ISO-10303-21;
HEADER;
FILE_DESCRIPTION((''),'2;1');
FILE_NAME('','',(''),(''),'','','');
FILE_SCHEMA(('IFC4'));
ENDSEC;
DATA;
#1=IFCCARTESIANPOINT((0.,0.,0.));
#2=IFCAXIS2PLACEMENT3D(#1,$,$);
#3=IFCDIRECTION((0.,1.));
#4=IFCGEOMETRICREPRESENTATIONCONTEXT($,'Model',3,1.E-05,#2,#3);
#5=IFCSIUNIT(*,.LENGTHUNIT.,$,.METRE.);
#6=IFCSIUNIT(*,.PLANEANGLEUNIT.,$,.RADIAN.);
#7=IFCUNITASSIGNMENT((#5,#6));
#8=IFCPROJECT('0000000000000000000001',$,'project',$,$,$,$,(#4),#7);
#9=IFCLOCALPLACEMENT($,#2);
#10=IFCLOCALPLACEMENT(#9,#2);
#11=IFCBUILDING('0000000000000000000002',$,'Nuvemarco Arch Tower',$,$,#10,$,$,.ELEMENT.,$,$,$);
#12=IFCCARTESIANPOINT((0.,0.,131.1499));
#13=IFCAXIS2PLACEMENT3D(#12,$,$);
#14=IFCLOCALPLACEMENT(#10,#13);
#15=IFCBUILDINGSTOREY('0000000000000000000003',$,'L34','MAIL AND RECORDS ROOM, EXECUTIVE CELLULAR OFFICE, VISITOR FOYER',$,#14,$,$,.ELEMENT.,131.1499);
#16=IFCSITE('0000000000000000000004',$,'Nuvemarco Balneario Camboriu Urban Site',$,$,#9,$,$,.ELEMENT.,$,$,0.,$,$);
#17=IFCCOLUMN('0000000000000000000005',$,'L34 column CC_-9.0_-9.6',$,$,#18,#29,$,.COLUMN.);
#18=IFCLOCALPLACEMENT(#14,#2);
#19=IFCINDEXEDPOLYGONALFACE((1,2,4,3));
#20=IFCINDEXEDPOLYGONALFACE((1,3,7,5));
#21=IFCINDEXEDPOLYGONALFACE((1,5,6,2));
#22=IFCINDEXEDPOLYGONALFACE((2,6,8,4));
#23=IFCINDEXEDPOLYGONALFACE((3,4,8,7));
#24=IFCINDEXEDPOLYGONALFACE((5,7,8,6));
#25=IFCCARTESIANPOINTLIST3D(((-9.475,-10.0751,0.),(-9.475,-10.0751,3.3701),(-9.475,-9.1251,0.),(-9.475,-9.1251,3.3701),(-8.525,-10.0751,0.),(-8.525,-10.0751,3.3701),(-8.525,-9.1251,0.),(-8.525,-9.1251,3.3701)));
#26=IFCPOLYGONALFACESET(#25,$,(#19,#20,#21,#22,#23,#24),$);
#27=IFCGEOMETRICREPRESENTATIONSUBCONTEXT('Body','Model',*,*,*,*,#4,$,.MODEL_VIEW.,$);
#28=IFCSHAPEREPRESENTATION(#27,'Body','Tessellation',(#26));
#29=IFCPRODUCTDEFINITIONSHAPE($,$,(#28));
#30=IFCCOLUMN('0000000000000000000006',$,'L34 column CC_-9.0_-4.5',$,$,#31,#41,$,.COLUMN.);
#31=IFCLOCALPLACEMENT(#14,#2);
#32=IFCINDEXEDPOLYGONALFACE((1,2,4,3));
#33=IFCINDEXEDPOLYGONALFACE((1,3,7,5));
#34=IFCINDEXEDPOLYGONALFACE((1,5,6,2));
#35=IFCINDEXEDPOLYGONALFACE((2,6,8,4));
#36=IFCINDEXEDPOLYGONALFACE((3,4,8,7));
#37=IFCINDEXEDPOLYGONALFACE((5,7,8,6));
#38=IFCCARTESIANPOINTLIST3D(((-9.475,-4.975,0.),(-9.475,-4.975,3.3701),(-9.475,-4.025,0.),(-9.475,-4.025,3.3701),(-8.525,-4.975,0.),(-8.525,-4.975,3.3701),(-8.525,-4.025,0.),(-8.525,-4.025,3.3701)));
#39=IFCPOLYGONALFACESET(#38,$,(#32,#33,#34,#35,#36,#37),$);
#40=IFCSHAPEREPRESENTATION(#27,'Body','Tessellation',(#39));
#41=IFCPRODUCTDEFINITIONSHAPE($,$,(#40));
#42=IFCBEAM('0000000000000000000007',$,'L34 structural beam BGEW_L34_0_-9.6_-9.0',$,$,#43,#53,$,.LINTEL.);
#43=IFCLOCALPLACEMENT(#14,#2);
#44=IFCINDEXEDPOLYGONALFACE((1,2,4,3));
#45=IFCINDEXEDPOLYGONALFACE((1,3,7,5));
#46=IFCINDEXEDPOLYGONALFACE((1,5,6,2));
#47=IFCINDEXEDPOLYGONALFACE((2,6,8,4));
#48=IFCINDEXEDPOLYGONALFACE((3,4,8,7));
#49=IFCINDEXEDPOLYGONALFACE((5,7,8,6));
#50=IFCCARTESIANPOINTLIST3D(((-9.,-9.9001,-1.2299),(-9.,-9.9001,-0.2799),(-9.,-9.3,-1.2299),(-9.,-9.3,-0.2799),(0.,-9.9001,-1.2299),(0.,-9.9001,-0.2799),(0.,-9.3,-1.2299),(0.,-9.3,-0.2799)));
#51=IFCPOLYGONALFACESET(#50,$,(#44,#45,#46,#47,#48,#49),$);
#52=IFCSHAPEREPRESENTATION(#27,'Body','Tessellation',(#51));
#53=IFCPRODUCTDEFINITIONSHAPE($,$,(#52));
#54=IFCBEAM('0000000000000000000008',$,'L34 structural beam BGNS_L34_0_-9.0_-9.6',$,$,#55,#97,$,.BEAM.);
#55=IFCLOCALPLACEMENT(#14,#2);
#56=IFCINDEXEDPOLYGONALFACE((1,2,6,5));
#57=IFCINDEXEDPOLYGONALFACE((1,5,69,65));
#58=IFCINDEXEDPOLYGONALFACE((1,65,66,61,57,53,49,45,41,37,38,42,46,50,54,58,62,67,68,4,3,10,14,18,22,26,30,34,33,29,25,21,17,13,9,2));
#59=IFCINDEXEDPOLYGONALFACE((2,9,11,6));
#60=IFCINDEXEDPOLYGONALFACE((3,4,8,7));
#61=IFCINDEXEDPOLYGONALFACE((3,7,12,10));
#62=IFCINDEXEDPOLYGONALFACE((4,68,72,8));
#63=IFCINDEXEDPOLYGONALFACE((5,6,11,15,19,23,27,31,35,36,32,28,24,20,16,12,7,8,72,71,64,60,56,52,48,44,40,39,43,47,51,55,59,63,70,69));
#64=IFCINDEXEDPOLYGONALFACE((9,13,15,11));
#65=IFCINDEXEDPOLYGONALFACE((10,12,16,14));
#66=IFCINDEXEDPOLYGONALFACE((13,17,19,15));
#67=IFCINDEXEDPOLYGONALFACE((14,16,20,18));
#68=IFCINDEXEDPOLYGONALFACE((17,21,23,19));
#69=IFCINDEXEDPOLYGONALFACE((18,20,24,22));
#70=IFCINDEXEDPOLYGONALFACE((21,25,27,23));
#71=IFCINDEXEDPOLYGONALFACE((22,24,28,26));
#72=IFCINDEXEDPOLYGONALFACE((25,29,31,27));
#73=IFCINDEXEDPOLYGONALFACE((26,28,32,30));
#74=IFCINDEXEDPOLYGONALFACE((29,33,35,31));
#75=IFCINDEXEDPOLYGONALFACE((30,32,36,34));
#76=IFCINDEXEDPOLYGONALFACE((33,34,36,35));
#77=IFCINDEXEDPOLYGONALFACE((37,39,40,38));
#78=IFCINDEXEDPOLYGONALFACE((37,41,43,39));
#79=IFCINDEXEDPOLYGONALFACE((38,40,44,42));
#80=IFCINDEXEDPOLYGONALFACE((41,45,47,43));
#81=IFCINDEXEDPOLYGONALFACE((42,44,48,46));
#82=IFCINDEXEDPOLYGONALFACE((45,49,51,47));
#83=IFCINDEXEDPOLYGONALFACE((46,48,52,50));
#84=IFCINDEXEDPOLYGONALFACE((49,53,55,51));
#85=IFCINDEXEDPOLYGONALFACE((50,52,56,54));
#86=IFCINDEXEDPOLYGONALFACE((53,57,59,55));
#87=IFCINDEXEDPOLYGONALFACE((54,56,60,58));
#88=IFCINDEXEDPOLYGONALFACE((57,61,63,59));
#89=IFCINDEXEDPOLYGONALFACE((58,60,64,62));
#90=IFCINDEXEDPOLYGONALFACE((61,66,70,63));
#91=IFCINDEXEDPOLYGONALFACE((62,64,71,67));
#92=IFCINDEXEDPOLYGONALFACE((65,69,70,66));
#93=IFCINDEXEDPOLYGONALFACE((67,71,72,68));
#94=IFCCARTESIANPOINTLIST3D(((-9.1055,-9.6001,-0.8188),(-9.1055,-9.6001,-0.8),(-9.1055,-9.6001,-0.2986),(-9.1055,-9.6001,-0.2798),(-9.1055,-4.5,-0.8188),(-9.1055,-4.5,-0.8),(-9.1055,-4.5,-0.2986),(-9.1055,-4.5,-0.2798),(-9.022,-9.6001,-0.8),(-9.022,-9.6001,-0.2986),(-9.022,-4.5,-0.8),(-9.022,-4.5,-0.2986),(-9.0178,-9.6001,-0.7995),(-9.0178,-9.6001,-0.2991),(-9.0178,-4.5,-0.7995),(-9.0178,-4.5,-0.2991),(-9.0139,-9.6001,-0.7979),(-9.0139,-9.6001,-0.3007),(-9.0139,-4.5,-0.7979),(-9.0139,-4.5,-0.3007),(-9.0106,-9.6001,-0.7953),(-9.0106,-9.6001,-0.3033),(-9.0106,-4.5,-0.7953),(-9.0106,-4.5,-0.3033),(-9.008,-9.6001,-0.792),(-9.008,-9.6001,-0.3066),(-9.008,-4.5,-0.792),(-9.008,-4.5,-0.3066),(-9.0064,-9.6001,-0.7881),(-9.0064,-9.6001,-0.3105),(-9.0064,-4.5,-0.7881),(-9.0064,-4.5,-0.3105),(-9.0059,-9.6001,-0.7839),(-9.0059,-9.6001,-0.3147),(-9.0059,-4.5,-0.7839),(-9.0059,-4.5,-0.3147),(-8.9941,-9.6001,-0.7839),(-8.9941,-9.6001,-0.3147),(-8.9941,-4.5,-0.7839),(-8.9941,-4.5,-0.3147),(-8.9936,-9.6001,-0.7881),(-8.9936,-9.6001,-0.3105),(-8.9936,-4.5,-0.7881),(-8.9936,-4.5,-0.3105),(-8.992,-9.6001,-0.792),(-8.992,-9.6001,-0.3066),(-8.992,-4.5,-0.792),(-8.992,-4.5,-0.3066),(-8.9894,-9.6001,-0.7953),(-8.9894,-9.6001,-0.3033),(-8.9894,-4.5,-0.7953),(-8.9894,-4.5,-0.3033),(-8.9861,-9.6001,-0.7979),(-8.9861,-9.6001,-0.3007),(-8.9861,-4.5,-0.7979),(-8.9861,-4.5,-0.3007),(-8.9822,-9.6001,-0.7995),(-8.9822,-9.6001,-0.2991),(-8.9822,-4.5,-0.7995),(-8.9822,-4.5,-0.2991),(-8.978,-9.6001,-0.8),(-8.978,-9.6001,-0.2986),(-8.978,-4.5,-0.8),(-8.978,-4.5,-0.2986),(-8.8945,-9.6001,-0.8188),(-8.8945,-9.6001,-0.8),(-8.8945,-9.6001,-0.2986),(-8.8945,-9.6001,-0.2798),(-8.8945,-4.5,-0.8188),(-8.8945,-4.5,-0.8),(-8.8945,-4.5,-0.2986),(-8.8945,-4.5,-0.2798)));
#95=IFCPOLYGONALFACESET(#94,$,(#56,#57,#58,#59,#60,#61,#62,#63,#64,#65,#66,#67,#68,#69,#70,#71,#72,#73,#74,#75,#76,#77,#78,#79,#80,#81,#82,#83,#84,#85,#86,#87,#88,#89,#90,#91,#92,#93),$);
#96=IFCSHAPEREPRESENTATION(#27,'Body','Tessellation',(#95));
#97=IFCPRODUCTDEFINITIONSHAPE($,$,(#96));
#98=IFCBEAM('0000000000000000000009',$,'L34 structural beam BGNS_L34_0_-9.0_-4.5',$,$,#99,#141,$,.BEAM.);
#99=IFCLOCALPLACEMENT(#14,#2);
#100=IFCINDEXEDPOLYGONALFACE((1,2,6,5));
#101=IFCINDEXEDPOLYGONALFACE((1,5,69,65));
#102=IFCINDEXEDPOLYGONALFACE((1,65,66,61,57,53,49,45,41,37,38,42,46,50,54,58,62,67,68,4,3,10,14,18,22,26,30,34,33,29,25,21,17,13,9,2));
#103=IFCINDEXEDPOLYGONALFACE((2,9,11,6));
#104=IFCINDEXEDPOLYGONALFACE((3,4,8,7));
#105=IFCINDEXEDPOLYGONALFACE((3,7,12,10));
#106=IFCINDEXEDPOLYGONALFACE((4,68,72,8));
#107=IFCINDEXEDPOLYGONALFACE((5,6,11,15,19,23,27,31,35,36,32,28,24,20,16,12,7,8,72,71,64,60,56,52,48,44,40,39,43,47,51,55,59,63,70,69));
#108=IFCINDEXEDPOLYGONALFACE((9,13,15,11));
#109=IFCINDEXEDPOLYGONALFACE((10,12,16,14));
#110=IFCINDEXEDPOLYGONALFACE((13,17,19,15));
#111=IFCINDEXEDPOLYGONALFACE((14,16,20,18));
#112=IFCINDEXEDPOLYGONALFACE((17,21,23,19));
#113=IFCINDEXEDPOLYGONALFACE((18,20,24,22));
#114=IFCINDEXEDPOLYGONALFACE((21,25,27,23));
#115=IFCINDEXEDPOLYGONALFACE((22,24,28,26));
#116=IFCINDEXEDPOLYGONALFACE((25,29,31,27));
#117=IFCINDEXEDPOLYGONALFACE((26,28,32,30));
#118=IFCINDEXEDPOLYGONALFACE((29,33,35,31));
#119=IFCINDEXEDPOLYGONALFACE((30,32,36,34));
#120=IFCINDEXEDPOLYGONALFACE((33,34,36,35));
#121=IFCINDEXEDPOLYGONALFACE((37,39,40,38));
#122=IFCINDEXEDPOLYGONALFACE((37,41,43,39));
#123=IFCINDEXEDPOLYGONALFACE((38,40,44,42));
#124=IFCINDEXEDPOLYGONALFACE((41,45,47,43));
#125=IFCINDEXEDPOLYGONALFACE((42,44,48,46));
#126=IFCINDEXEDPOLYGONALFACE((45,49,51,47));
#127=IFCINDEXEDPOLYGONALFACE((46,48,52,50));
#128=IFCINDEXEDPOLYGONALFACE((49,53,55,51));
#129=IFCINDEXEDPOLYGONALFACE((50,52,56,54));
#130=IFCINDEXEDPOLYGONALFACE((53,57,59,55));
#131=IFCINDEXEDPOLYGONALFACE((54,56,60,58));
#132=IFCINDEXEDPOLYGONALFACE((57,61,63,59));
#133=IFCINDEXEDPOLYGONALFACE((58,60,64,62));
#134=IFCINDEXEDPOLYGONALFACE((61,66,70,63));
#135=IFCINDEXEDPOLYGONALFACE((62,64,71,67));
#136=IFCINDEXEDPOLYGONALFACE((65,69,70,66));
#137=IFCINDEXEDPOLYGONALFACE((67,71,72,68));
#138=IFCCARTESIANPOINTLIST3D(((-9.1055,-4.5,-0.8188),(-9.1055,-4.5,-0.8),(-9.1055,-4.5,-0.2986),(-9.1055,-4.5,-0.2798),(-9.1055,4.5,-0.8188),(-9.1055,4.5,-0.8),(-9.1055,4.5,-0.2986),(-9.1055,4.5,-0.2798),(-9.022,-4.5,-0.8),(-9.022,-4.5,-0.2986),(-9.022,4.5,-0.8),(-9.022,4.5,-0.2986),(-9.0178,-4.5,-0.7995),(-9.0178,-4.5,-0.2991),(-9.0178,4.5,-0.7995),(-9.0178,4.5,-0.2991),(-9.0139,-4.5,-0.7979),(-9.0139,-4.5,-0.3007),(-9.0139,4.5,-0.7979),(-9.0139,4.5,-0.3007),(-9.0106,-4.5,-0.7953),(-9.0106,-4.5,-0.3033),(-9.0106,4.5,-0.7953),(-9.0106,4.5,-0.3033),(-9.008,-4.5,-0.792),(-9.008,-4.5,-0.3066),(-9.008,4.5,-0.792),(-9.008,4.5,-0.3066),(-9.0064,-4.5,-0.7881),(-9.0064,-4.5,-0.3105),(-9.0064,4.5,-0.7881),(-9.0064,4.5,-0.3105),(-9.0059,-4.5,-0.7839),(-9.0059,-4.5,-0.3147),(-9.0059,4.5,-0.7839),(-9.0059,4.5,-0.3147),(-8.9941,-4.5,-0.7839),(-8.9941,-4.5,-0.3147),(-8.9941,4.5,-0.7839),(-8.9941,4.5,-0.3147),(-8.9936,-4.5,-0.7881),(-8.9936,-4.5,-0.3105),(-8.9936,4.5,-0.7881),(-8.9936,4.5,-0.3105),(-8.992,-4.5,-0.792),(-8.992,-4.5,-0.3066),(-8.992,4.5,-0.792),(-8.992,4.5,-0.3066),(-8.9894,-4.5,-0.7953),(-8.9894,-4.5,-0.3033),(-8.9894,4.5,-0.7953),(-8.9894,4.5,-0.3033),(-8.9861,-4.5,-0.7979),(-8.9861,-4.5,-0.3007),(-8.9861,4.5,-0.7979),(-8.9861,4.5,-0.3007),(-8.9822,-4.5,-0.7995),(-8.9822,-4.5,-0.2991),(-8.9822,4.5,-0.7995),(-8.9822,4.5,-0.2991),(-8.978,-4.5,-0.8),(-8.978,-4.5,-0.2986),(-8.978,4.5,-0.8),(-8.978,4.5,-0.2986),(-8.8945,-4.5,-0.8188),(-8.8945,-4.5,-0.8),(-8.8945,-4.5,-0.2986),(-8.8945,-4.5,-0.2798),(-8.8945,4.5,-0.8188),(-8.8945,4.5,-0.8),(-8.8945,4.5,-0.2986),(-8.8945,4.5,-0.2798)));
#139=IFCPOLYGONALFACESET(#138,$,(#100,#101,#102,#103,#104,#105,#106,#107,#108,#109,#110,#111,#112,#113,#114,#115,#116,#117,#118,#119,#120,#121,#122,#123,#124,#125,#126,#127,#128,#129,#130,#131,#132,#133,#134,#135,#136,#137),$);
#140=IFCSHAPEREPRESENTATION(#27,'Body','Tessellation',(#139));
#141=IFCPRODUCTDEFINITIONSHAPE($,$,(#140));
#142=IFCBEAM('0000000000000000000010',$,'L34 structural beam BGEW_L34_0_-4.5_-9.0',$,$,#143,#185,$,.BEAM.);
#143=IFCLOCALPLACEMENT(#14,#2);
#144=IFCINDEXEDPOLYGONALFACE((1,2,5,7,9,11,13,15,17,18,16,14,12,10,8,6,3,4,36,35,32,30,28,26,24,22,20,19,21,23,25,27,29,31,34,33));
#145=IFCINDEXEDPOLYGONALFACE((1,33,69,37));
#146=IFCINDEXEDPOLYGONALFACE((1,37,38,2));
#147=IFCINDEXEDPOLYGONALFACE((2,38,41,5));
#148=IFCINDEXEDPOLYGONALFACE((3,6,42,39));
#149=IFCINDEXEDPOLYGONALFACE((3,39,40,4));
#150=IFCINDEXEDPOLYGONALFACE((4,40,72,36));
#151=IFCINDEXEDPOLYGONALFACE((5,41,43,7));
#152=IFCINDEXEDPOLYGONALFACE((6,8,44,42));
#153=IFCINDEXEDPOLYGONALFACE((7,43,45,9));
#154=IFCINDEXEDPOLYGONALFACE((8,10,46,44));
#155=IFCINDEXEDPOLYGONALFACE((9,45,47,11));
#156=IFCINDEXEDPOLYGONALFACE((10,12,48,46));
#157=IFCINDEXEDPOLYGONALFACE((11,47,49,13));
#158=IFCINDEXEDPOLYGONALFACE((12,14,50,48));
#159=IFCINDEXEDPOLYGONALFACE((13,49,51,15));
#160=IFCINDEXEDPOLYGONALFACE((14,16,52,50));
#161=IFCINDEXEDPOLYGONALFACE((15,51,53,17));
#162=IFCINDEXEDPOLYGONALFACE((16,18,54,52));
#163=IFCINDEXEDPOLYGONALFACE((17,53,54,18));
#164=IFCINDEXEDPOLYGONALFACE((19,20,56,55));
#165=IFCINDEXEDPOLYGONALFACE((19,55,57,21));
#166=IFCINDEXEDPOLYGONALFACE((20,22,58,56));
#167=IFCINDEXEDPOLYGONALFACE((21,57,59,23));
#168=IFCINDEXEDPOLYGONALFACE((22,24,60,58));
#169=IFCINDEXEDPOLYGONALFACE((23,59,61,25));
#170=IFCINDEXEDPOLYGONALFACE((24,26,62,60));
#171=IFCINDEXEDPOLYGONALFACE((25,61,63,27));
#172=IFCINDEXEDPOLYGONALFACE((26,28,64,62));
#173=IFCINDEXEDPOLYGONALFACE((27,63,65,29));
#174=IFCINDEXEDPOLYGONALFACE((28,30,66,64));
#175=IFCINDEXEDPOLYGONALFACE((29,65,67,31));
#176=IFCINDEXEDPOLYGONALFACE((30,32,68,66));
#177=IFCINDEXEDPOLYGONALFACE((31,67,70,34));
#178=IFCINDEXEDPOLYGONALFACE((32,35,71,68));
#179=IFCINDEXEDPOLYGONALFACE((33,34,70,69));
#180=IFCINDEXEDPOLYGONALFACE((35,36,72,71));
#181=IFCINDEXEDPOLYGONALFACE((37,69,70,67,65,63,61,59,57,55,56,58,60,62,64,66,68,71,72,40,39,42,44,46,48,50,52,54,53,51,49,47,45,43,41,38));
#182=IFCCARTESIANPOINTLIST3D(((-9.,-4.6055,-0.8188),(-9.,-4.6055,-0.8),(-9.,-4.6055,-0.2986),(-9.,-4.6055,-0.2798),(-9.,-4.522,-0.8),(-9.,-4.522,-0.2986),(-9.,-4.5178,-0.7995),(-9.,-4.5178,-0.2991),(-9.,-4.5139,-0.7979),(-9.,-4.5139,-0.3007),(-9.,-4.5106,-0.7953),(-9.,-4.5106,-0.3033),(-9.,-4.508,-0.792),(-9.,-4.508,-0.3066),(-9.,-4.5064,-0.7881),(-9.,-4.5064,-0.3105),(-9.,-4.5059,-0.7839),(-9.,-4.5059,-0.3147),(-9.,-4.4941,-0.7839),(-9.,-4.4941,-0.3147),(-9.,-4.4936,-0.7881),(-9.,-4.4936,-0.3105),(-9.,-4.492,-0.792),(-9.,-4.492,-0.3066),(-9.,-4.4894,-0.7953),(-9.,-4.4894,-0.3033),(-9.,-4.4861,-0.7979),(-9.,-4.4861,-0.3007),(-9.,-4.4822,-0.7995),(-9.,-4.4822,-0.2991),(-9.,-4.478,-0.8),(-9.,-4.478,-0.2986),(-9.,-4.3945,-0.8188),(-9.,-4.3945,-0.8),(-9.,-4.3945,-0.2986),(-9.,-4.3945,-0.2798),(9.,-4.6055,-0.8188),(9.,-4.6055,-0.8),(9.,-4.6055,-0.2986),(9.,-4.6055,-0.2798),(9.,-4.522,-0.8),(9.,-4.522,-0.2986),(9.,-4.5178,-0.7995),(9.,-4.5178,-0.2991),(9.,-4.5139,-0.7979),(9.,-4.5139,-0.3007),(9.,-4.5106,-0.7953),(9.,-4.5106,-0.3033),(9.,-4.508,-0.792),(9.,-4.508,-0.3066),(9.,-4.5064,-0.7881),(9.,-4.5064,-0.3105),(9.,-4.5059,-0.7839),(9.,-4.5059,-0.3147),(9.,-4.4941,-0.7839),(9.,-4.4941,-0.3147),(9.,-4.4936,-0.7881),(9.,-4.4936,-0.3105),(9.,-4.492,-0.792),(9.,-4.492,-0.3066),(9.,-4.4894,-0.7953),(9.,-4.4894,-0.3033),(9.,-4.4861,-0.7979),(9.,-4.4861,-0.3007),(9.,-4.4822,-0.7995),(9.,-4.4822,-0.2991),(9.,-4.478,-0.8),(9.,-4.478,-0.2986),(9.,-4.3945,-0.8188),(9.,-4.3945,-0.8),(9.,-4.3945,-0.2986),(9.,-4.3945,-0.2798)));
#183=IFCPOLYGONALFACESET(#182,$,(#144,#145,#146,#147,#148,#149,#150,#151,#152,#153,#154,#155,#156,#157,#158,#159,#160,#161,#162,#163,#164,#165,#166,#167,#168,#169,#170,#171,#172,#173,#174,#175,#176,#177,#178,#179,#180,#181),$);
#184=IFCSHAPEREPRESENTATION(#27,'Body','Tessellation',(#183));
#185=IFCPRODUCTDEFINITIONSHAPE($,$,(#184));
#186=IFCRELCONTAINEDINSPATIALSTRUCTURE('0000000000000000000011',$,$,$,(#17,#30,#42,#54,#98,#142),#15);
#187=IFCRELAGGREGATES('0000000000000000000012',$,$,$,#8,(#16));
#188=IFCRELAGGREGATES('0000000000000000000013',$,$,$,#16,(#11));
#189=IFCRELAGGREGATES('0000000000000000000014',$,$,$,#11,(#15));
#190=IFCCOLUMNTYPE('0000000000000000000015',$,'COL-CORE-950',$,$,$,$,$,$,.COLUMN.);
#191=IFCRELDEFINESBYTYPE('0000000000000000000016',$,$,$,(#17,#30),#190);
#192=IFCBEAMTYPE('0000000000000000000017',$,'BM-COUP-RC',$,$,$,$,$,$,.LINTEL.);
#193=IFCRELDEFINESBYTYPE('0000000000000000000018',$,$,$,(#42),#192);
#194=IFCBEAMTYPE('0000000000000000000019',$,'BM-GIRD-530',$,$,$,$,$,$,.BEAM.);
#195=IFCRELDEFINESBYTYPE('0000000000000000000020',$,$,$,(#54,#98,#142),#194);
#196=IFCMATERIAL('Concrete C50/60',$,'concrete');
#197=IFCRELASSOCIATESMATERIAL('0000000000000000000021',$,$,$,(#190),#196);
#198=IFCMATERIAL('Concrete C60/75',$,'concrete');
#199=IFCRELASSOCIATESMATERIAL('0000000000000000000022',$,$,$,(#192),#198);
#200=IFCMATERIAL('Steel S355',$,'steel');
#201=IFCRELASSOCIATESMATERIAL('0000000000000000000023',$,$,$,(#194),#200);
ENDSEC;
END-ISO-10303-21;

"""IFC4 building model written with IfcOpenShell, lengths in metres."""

from ifc_helpers import new_model, si_unit, direction, frame, origin, origin_2d, place, context, subcontext, project, spatial, rectangle, i_section, extrude, material, material_profile, profile_set, type_object, element, save


model = new_model("IFC4")

# Units and contexts
model_context = context("Model", 3, precision=1e-05, world=origin(), true_north=direction((0.0, 1.0)))
body_context = subcontext(model_context, "Body", "Model", "MODEL_VIEW")
ifc_project = project(units=[si_unit("LENGTHUNIT", "METRE"), si_unit("PLANEANGLEUNIT", "RADIAN")], contexts=[model_context])

# Site, building, storey
site_placement = place(None, origin())
site = spatial("IfcSite", under=ifc_project, at=site_placement, Name="Nuvemarco Balneario Camboriu Urban Site", CompositionType="ELEMENT", RefElevation=0.0)
building_placement = place(site_placement, origin())
building = spatial("IfcBuilding", under=site, at=building_placement, Name="Nuvemarco Arch Tower", CompositionType="ELEMENT")
storey_placement = place(building_placement, frame((0.0, 0.0, 131.1499)))
storey = spatial("IfcBuildingStorey", under=building, at=storey_placement, Name="L34", Description="MAIL AND RECORDS ROOM, EXECUTIVE CELLULAR OFFICE, VISITOR FOYER", CompositionType="ELEMENT", Elevation=131.1499)

# Columns
ifc_material_1 = material(Name="Concrete C50/60", Category="concrete")
ifc_material_profile_1 = material_profile(ifc_material_1, rectangle(XDim=0.95, YDim=0.95, at=origin_2d()), Name="RC-COL-950x950")
ifc_profile_set_1 = profile_set([ifc_material_profile_1], Name="Concrete C50/60")
column_type = type_object("IfcColumnType", Name="COL-CORE-950", PredefinedType="COLUMN", material=ifc_profile_set_1)
for number, where, z_axis, x_axis, name in (
    (1, (-9.0, -9.6001, 0.0), (0.0, 0.0, 1.0), (1.0, 0.0, 0.0), "L34 column CC_-9.0_-9.6"),
    (2, (-9.0, -4.5, 0.0), (0.0, 0.0, 1.0), (1.0, 0.0, 0.0), "L34 column CC_-9.0_-4.5"),
):
    element("IfcColumn", number, at=place(storey_placement, frame(where, z_axis=z_axis, x_axis=x_axis)), inside=storey, type_object=column_type, Name=name, PredefinedType="COLUMN", context=body_context, shape_type="SweptSolid", body=[
        extrude(rectangle(XDim=0.95, YDim=0.95, at=origin_2d()), origin(), (0.0, 0.0, 1.0), 3.3701),
    ])

# Beams
ifc_material_2 = material(Name="Concrete C60/75", Category="concrete")
ifc_material_profile_2 = material_profile(ifc_material_2, rectangle(XDim=0.6001, YDim=0.95, at=origin_2d()), Name="RC-BM-600x950")
ifc_profile_set_2 = profile_set([ifc_material_profile_2], Name="Concrete C60/75")
beam_type_1 = type_object("IfcBeamType", Name="BM-COUP-RC", PredefinedType="LINTEL", material=ifc_profile_set_2)
beam_1_placement = place(storey_placement, frame((-9.0, -9.6001, -0.7549), z_axis=(1.0, 0.0, 0.0), x_axis=(0.0, 1.0, 0.0)))
element("IfcBeam", 3, at=beam_1_placement, inside=storey, type_object=beam_type_1, Name="L34 structural beam BGEW_L34_0_-9.6_-9.0", PredefinedType="LINTEL", context=body_context, shape_type="SweptSolid", body=[
    extrude(rectangle(XDim=0.6001, YDim=0.95, at=origin_2d()), origin(), (0.0, 0.0, 1.0), 9.0),
])
ifc_material_3 = material(Name="Steel S355", Category="steel")
ifc_material_profile_3 = material_profile(ifc_material_3, i_section(OverallWidth=0.2109, OverallDepth=0.5391, WebThickness=0.0117, FlangeThickness=0.0188, FilletRadius=0.0161, at=origin_2d()), Name="W530x109")
ifc_profile_set_3 = profile_set([ifc_material_profile_3], Name="Steel S355")
beam_type_2 = type_object("IfcBeamType", Name="BM-GIRD-530", PredefinedType="BEAM", material=ifc_profile_set_3)
beam_2_placement = place(storey_placement, frame((-9.0, -9.6001, -0.5493), z_axis=(0.0, 1.0, 0.0), x_axis=(-1.0, 0.0, 0.0)))
element("IfcBeam", 4, at=beam_2_placement, inside=storey, type_object=beam_type_2, Name="L34 structural beam BGNS_L34_0_-9.0_-9.6", PredefinedType="BEAM", context=body_context, shape_type="SweptSolid", body=[
    extrude(i_section(OverallWidth=0.2109, OverallDepth=0.5391, WebThickness=0.0117, FlangeThickness=0.0188, FilletRadius=0.0161, at=origin_2d()), origin(), (0.0, 0.0, 1.0), 5.1001),
])
beam_3_placement = place(storey_placement, frame((-9.0, -4.5, -0.5493), z_axis=(0.0, 1.0, 0.0), x_axis=(-1.0, 0.0, 0.0)))
element("IfcBeam", 5, at=beam_3_placement, inside=storey, type_object=beam_type_2, Name="L34 structural beam BGNS_L34_0_-9.0_-4.5", PredefinedType="BEAM", context=body_context, shape_type="SweptSolid", body=[
    extrude(i_section(OverallWidth=0.2109, OverallDepth=0.5391, WebThickness=0.0117, FlangeThickness=0.0188, FilletRadius=0.0161, at=origin_2d()), origin(), (0.0, 0.0, 1.0), 9.0),
])
beam_4_placement = place(storey_placement, frame((-9.0, -4.5, -0.5493), z_axis=(1.0, 0.0, 0.0), x_axis=(0.0, 1.0, 0.0)))
element("IfcBeam", 6, at=beam_4_placement, inside=storey, type_object=beam_type_2, Name="L34 structural beam BGEW_L34_0_-4.5_-9.0", PredefinedType="BEAM", context=body_context, shape_type="SweptSolid", body=[
    extrude(i_section(OverallWidth=0.2109, OverallDepth=0.5391, WebThickness=0.0117, FlangeThickness=0.0188, FilletRadius=0.0161, at=origin_2d()), origin(), (0.0, 0.0, 1.0), 18.0),
])

save(model, "model.ifc")
